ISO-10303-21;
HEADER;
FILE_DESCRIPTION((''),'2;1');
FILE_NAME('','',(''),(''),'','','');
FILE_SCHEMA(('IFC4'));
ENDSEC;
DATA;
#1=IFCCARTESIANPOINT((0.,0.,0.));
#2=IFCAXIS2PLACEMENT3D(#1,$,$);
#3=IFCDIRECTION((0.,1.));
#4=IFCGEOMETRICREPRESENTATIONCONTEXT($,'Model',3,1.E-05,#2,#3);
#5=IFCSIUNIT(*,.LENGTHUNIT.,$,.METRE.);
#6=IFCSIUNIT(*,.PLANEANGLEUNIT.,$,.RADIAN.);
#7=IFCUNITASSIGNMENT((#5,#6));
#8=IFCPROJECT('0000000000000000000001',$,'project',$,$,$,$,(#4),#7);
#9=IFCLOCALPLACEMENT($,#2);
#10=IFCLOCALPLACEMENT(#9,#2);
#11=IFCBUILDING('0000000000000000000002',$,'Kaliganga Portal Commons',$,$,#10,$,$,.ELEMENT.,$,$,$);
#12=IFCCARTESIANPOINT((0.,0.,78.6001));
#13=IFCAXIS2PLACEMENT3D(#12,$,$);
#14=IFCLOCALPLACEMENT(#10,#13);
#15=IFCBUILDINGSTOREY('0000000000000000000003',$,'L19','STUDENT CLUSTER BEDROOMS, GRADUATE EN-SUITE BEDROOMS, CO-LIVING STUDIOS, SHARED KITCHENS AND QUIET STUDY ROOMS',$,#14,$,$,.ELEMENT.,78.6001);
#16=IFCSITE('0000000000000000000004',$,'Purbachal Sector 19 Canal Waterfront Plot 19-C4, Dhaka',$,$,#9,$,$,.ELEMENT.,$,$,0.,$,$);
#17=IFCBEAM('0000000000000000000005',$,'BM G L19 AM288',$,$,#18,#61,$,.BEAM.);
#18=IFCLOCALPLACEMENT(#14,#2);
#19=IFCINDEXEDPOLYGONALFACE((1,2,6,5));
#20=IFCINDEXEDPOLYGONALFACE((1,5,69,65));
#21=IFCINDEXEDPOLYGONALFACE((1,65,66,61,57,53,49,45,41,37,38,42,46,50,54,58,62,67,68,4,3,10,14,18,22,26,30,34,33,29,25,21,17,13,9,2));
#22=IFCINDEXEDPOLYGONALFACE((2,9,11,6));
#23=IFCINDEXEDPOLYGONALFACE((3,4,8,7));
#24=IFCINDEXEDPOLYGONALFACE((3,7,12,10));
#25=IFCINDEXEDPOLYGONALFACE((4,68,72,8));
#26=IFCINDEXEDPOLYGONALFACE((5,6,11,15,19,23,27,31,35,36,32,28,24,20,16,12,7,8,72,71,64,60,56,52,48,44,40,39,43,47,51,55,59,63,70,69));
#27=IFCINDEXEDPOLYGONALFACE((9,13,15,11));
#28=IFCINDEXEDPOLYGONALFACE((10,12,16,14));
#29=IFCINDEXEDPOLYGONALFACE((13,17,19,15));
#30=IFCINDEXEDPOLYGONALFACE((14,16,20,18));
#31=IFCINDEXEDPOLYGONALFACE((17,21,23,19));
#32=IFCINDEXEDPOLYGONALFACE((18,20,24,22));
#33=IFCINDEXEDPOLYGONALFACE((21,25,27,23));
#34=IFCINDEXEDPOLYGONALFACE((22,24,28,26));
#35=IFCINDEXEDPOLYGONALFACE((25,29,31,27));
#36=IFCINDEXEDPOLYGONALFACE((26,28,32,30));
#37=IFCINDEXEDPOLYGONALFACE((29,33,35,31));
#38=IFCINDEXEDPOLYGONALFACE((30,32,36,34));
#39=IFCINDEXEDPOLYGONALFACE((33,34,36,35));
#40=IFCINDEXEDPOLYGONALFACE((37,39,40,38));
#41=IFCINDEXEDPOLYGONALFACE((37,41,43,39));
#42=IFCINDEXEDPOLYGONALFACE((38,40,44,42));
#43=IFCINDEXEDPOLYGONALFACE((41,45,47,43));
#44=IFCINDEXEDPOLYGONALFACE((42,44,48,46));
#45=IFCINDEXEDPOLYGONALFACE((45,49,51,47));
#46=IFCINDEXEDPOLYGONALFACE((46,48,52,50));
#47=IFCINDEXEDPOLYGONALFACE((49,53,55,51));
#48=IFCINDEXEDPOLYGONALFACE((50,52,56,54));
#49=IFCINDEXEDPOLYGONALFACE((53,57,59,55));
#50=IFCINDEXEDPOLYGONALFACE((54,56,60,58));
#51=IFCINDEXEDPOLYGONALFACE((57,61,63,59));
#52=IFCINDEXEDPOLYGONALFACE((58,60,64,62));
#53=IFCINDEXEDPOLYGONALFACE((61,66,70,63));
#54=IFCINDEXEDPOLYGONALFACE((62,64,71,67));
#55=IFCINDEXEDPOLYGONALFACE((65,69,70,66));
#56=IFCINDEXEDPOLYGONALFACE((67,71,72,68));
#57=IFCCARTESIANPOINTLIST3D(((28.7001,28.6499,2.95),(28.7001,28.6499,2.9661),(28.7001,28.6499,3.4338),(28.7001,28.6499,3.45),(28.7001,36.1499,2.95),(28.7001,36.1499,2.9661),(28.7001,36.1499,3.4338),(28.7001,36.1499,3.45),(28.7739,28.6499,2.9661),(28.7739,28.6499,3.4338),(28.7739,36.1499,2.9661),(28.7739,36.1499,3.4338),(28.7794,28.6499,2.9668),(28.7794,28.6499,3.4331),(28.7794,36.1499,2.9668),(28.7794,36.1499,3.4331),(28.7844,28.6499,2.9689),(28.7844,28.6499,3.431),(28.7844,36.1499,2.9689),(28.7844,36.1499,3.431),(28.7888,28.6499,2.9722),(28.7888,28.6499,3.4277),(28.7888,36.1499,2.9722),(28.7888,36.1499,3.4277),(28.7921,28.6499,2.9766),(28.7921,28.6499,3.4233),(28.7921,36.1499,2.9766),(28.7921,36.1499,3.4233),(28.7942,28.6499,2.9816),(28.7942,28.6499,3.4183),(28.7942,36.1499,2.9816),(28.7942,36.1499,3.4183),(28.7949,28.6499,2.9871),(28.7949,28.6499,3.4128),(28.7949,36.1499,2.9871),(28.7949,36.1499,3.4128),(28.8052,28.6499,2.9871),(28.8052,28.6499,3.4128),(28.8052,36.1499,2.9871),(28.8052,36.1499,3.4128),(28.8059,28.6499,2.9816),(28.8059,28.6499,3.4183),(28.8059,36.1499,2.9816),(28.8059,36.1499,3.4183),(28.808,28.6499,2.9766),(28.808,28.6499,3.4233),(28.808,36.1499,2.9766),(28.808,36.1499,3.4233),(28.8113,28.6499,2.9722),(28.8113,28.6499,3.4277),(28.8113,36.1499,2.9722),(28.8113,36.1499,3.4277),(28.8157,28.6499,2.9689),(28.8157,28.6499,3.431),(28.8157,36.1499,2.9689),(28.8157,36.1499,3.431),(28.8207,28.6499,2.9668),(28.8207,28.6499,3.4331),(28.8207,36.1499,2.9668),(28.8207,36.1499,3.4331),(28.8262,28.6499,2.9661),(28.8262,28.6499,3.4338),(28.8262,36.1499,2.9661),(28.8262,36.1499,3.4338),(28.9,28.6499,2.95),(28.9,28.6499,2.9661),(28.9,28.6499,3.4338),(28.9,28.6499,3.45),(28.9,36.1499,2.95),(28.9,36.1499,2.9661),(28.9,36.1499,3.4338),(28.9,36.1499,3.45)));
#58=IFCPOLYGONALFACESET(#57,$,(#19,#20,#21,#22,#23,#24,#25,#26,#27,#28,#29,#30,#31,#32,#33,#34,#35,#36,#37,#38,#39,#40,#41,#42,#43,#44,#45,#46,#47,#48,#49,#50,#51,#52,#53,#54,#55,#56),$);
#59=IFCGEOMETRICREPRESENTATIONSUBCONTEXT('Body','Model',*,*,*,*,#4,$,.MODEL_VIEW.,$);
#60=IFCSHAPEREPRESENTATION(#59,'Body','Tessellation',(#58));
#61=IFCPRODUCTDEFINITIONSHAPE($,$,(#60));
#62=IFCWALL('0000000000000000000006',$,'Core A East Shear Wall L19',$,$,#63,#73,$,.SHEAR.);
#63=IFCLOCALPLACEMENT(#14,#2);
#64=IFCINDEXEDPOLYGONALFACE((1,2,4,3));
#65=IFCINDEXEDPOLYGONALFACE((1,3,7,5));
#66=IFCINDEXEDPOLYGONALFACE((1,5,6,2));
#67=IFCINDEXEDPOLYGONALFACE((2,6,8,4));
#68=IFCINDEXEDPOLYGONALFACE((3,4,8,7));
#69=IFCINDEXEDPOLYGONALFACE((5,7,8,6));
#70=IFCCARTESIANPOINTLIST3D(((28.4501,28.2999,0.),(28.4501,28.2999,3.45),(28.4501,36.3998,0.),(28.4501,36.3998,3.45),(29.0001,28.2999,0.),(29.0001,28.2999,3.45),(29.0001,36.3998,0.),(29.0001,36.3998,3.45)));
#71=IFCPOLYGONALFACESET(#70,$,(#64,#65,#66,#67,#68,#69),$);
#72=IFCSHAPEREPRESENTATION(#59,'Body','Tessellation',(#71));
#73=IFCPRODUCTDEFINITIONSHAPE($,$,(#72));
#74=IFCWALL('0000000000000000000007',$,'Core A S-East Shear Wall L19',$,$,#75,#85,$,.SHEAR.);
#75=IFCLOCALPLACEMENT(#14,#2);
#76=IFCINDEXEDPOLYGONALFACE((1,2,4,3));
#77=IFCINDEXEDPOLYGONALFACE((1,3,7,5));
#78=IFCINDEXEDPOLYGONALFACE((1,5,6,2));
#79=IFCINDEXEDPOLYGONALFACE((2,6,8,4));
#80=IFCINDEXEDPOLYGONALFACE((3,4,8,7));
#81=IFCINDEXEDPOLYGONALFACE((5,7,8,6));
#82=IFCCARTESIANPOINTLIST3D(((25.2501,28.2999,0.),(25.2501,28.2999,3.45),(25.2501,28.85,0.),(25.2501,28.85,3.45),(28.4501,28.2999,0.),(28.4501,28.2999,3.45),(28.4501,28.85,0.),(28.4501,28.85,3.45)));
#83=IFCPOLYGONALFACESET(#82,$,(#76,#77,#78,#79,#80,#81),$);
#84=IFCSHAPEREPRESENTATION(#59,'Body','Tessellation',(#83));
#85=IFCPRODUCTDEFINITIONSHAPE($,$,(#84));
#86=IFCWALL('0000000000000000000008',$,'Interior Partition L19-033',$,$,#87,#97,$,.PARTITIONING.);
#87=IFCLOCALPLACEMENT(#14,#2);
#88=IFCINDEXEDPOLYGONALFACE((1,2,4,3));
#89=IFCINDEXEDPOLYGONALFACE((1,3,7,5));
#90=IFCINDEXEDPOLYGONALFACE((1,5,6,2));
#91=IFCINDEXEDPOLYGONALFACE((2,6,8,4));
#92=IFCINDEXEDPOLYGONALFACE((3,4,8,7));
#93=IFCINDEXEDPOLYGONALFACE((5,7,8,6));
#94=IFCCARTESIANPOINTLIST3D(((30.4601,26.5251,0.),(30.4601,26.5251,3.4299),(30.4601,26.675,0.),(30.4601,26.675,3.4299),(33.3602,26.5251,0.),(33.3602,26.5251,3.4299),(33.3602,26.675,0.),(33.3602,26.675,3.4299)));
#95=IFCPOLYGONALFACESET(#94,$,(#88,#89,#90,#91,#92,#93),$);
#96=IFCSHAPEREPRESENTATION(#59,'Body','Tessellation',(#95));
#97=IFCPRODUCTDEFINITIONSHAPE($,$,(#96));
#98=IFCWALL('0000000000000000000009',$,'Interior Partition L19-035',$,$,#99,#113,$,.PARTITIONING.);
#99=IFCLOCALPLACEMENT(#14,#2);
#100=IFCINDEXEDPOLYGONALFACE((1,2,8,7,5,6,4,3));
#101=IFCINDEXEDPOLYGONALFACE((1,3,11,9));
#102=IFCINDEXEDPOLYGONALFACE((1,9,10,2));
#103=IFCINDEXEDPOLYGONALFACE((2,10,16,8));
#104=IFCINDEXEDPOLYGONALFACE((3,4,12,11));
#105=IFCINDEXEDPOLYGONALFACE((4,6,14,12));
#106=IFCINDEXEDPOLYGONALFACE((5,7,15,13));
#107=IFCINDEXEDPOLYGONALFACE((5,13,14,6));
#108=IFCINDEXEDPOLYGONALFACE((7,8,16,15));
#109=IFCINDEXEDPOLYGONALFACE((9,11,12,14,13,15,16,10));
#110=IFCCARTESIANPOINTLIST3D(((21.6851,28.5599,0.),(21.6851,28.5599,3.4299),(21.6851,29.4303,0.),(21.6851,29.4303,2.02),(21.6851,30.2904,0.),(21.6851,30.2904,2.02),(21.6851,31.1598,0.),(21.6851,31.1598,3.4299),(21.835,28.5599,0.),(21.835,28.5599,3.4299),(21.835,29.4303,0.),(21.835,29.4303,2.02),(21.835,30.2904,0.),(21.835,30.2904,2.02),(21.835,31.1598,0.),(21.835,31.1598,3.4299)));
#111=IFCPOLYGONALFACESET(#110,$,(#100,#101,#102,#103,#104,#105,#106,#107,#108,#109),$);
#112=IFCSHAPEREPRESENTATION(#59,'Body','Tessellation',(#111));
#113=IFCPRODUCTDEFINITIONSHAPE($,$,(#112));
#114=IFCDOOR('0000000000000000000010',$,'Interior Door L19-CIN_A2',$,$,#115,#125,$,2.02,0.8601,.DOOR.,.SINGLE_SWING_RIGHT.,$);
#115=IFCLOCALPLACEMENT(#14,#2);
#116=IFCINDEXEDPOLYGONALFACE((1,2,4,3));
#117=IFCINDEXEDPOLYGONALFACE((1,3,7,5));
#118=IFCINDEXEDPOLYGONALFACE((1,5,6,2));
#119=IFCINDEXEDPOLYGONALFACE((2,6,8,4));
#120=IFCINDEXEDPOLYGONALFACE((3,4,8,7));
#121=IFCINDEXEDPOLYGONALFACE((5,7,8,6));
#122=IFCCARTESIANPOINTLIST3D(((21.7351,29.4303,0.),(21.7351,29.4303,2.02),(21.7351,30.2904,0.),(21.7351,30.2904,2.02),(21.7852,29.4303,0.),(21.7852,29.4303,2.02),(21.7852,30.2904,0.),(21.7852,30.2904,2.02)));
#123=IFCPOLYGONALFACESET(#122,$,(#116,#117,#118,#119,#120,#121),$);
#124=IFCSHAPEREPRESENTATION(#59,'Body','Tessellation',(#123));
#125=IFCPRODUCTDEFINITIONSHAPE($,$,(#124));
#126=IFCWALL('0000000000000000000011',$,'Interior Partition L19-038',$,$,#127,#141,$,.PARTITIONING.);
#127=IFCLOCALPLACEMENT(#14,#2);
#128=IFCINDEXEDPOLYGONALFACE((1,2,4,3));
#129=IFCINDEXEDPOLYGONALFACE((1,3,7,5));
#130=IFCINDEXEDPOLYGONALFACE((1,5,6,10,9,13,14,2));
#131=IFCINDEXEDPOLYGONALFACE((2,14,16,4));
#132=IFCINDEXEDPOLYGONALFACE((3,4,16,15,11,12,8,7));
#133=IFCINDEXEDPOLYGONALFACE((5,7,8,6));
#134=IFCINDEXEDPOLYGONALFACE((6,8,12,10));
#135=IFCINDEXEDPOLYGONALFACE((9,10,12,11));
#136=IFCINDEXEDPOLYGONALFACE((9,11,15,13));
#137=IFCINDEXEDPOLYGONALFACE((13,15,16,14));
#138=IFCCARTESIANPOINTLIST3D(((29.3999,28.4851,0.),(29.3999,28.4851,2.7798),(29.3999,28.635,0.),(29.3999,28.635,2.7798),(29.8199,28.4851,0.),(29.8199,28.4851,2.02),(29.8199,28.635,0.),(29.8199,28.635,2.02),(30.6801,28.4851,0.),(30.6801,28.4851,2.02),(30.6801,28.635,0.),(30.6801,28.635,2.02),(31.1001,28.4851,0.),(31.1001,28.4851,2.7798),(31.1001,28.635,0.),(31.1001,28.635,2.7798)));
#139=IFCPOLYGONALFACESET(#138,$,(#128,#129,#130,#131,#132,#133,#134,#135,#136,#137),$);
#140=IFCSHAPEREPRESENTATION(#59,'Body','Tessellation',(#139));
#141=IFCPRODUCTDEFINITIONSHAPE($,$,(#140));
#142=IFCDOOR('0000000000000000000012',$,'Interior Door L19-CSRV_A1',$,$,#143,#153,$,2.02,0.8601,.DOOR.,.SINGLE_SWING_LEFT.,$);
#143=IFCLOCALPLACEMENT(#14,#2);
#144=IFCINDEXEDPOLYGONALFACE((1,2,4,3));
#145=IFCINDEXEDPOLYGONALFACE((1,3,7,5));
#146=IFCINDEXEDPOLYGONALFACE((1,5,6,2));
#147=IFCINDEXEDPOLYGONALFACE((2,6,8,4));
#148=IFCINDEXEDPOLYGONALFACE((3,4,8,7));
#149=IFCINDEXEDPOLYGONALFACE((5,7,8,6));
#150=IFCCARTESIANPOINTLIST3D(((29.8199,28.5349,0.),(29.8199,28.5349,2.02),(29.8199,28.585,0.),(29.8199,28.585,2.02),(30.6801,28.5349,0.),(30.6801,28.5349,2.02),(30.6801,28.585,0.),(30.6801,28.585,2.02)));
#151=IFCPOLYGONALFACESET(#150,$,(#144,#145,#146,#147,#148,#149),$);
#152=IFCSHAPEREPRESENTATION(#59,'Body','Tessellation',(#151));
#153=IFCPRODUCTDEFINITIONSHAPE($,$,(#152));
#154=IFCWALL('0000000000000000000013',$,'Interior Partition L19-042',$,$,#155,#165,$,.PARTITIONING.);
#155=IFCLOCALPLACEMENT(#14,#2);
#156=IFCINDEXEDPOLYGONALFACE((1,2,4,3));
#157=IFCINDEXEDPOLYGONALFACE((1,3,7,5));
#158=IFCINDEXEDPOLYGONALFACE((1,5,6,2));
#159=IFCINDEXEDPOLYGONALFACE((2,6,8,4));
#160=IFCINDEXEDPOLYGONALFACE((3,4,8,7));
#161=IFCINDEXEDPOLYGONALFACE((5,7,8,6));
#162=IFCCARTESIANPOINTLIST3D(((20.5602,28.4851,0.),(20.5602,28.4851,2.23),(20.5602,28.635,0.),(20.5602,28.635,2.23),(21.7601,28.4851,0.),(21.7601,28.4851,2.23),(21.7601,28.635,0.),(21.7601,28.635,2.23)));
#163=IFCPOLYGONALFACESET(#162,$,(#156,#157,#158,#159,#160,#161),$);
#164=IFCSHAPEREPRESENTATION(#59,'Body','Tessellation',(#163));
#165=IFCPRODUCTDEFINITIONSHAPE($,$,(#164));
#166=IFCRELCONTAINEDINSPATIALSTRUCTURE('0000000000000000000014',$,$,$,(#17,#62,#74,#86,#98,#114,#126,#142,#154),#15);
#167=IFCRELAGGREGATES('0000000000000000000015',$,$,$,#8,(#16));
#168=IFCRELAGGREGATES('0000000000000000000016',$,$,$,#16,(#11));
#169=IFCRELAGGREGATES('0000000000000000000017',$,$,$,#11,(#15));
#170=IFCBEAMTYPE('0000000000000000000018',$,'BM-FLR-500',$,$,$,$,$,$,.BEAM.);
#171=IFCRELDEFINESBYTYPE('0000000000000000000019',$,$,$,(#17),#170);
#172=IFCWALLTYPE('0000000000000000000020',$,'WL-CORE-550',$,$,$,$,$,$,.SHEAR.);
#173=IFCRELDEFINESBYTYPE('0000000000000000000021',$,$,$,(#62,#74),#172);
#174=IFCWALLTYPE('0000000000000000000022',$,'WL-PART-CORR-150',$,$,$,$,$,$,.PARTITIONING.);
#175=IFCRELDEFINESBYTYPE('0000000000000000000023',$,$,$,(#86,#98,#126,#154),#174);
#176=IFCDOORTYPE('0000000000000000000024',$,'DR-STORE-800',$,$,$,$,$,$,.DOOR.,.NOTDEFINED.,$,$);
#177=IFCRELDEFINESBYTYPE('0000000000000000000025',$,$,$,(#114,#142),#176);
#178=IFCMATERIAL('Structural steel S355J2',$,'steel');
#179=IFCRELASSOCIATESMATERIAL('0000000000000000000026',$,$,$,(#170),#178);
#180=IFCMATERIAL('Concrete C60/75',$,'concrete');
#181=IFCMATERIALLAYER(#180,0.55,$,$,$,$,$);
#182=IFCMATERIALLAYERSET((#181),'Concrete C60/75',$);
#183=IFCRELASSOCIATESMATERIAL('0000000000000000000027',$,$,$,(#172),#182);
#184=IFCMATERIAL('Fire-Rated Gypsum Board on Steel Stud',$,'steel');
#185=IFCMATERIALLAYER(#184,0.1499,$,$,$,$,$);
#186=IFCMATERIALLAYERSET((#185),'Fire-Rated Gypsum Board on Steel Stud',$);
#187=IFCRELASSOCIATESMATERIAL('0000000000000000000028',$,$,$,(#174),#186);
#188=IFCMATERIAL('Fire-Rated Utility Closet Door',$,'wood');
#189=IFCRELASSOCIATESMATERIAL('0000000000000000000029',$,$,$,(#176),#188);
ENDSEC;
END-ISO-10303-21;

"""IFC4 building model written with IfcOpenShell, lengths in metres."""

from ifc_helpers import new_model, si_unit, direction, frame, frame_2d, origin, origin_2d, place, context, subcontext, project, spatial, rectangle, i_section, extrude, source, transform, mapped, material, layer, layer_set, material_profile, profile_set, type_object, element, fill, save


model = new_model("IFC4")

# Units and contexts
model_context = context("Model", 3, precision=1e-05, world=origin(), true_north=direction((0.0, 1.0)))
body_context = subcontext(model_context, "Body", "Model", "MODEL_VIEW")
ifc_project = project(units=[si_unit("LENGTHUNIT", "METRE"), si_unit("PLANEANGLEUNIT", "RADIAN")], contexts=[model_context])

# Site, building, storey
site_placement = place(None, origin())
site = spatial("IfcSite", under=ifc_project, at=site_placement, Name="Purbachal Sector 19 Canal Waterfront Plot 19-C4, Dhaka", CompositionType="ELEMENT", RefElevation=0.0)
building_placement = place(site_placement, origin())
building = spatial("IfcBuilding", under=site, at=building_placement, Name="Kaliganga Portal Commons", CompositionType="ELEMENT")
storey_placement = place(building_placement, frame((0.0, 0.0, 78.6001)))
storey = spatial("IfcBuildingStorey", under=building, at=storey_placement, Name="L19", Description="STUDENT CLUSTER BEDROOMS, GRADUATE EN-SUITE BEDROOMS, CO-LIVING STUDIOS, SHARED KITCHENS AND QUIET STUDY ROOMS", CompositionType="ELEMENT", Elevation=78.6001)

# Shared definitions
ifc_material_1 = material(Name="Concrete C60/75", Category="concrete")

# Beam
ifc_material_2 = material(Name="Structural steel S355J2", Category="steel")
ifc_material_profile_1 = material_profile(ifc_material_2, i_section(OverallWidth=0.2, OverallDepth=0.5, WebThickness=0.0103, FlangeThickness=0.0161, FilletRadius=0.021, at=origin_2d()), Name="IPE 500")
ifc_profile_set_1 = profile_set([ifc_material_profile_1], Name="Structural steel S355J2 wide-flange")
beam_type_1 = type_object("IfcBeamType", Name="BM-FLR-500", PredefinedType="BEAM", material=ifc_profile_set_1)
shared_shape_1 = source(origin(), body_context, "Body", "SweptSolid", [
    extrude(i_section(OverallWidth=0.2, OverallDepth=0.5, WebThickness=0.0103, FlangeThickness=0.0161, FilletRadius=0.021, at=origin_2d()), origin(), (0.0, 0.0, 1.0), 7.5),
])
beam_1_placement = place(storey_placement, frame((28.8, 28.6499, 3.2), z_axis=(0.0, 1.0, 0.0), x_axis=(-1.0, 0.0, 0.0)))
element("IfcBeam", 1, at=beam_1_placement, inside=storey, type_object=beam_type_1, Name="BM G L19 AM288", PredefinedType="BEAM", context=body_context, shape_type="MappedRepresentation", body=[
    mapped(shared_shape_1, transform((0.0, 0.0, 0.0), x_axis=(1.0, 0.0, 0.0), y_axis=(0.0, 1.0, 0.0), z_axis=(0.0, 0.0, 1.0), scale=1.0)),
])

# Walls
ifc_layer_1 = layer(ifc_material_1, 0.55)
ifc_layer_set_1 = layer_set([ifc_layer_1], Name="Concrete C60/75")
wall_type_1 = type_object("IfcWallType", Name="WL-CORE-550", PredefinedType="SHEAR", material=ifc_layer_set_1)
wall_1_placement = place(storey_placement, frame((28.7251, 28.3, 0.0), z_axis=(0.0, 0.0, 1.0), x_axis=(0.0, 1.0, 0.0)))
element("IfcWall", 2, at=wall_1_placement, inside=storey, type_object=wall_type_1, Name="Core A East Shear Wall L19", PredefinedType="SHEAR", context=body_context, shape_type="SweptSolid", body=[
    extrude(rectangle(XDim=8.0999, YDim=0.55, at=frame_2d((4.0498, 0.0))), origin(), (0.0, 0.0, 1.0), 3.45),
])
wall_2_placement = place(storey_placement, frame((25.25, 28.575, 0.0), z_axis=(0.0, 0.0, 1.0), x_axis=(1.0, 0.0, 0.0)))
element("IfcWall", 3, at=wall_2_placement, inside=storey, type_object=wall_type_1, Name="Core A S-East Shear Wall L19", PredefinedType="SHEAR", context=body_context, shape_type="SweptSolid", body=[
    extrude(rectangle(XDim=3.2, YDim=0.55, at=frame_2d((1.6001, 0.0))), origin(), (0.0, 0.0, 1.0), 3.45),
])

# Shared definitions
ifc_material_3 = material(Name="Fire-Rated Gypsum Board on Steel Stud", Category="steel")
ifc_layer_2 = layer(ifc_material_3, 0.1499)
ifc_layer_set_2 = layer_set([ifc_layer_2], Name="Fire-Rated Gypsum Board on Steel Stud")
wall_type_2 = type_object("IfcWallType", Name="WL-PART-CORR-150", PredefinedType="PARTITIONING", material=ifc_layer_set_2)

# Wall
wall_3_placement = place(storey_placement, frame((30.46, 26.6001, 0.0), z_axis=(0.0, 0.0, 1.0), x_axis=(1.0, 0.0, 0.0)))
element("IfcWall", 4, at=wall_3_placement, inside=storey, type_object=wall_type_2, Name="Interior Partition L19-033", PredefinedType="PARTITIONING", context=body_context, shape_type="SweptSolid", body=[
    extrude(rectangle(XDim=2.9001, YDim=0.1499, at=frame_2d((1.4502, 0.0))), origin(), (0.0, 0.0, 1.0), 3.4299),
])

# Walls, openings, doors
wall_4_placement = place(storey_placement, frame((21.76, 28.5601, 0.0), z_axis=(0.0, 0.0, 1.0), x_axis=(0.0, 1.0, 0.0)))
wall_4 = element("IfcWall", 5, at=wall_4_placement, inside=storey, type_object=wall_type_2, Name="Interior Partition L19-035", PredefinedType="PARTITIONING", context=body_context, shape_type="SweptSolid", body=[
    extrude(rectangle(XDim=2.5999, YDim=0.1499, at=frame_2d((1.2998, 0.0))), origin(), (0.0, 0.0, 1.0), 3.4299),
])
opening_1_placement = place(wall_4_placement, frame((0.8701, 0.0, 0.0)))
opening_1 = element("IfcOpeningElement", 6, at=opening_1_placement, cuts=wall_4, PredefinedType="OPENING", context=body_context, shape_type="SweptSolid", body=[
    extrude(rectangle(XDim=0.8601, YDim=2.02, at=frame_2d((0.4302, 1.01))), frame((0.0, 0.085, 0.0), z_axis=(0.0, -1.0, 0.0), x_axis=(1.0, 0.0, 0.0)), (0.0, 0.0, 1.0), 0.1699),
])
ifc_material_4 = material(Name="Fire-Rated Utility Closet Door", Category="wood")
door_type_1 = type_object("IfcDoorType", Name="DR-STORE-800", OperationType="NOTDEFINED", PredefinedType="DOOR", material=ifc_material_4)
door_1_placement = place(opening_1_placement, origin())
door_1 = element("IfcDoor", 7, at=door_1_placement, inside=storey, type_object=door_type_1, Name="Interior Door L19-CIN_A2", OperationType="SINGLE_SWING_RIGHT", OverallHeight=2.02, OverallWidth=0.8601, PredefinedType="DOOR", context=body_context, shape_type="SweptSolid", body=[
    extrude(rectangle(XDim=0.8601, YDim=2.02, at=frame_2d((0.4302, 1.01))), frame((0.0, 0.0249, 0.0), z_axis=(0.0, -1.0, 0.0), x_axis=(1.0, 0.0, 0.0)), (0.0, 0.0, 1.0), 0.05),
])
fill(opening_1, door_1)
wall_5_placement = place(storey_placement, frame((29.3999, 28.5601, 0.0), z_axis=(0.0, 0.0, 1.0), x_axis=(1.0, 0.0, 0.0)))
wall_5 = element("IfcWall", 8, at=wall_5_placement, inside=storey, type_object=wall_type_2, Name="Interior Partition L19-038", PredefinedType="PARTITIONING", context=body_context, shape_type="SweptSolid", body=[
    extrude(rectangle(XDim=1.7002, YDim=0.1499, at=frame_2d((0.8501, 0.0))), origin(), (0.0, 0.0, 1.0), 2.7798),
])
opening_2_placement = place(wall_5_placement, frame((0.4199, 0.0, 0.0)))
opening_2 = element("IfcOpeningElement", 9, at=opening_2_placement, cuts=wall_5, PredefinedType="OPENING", context=body_context, shape_type="SweptSolid", body=[
    extrude(rectangle(XDim=0.8601, YDim=2.02, at=frame_2d((0.4302, 1.01))), frame((0.0, 0.085, 0.0), z_axis=(0.0, -1.0, 0.0), x_axis=(1.0, 0.0, 0.0)), (0.0, 0.0, 1.0), 0.1699),
])
door_2_placement = place(opening_2_placement, origin())
door_2 = element("IfcDoor", 10, at=door_2_placement, inside=storey, type_object=door_type_1, Name="Interior Door L19-CSRV_A1", OperationType="SINGLE_SWING_LEFT", OverallHeight=2.02, OverallWidth=0.8601, PredefinedType="DOOR", context=body_context, shape_type="SweptSolid", body=[
    extrude(rectangle(XDim=0.8601, YDim=2.02, at=frame_2d((0.4302, 1.01))), frame((0.0, 0.0249, 0.0), z_axis=(0.0, -1.0, 0.0), x_axis=(1.0, 0.0, 0.0)), (0.0, 0.0, 1.0), 0.05),
])
fill(opening_2, door_2)

# Wall
wall_6_placement = place(storey_placement, frame((20.5601, 28.5601, 0.0), z_axis=(0.0, 0.0, 1.0), x_axis=(1.0, 0.0, 0.0)))
element("IfcWall", 11, at=wall_6_placement, inside=storey, type_object=wall_type_2, Name="Interior Partition L19-042", PredefinedType="PARTITIONING", context=body_context, shape_type="SweptSolid", body=[
    extrude(rectangle(XDim=1.2, YDim=0.1499, at=frame_2d((0.6001, 0.0))), origin(), (0.0, 0.0, 1.0), 2.23),
])

save(model, "model.ifc")
